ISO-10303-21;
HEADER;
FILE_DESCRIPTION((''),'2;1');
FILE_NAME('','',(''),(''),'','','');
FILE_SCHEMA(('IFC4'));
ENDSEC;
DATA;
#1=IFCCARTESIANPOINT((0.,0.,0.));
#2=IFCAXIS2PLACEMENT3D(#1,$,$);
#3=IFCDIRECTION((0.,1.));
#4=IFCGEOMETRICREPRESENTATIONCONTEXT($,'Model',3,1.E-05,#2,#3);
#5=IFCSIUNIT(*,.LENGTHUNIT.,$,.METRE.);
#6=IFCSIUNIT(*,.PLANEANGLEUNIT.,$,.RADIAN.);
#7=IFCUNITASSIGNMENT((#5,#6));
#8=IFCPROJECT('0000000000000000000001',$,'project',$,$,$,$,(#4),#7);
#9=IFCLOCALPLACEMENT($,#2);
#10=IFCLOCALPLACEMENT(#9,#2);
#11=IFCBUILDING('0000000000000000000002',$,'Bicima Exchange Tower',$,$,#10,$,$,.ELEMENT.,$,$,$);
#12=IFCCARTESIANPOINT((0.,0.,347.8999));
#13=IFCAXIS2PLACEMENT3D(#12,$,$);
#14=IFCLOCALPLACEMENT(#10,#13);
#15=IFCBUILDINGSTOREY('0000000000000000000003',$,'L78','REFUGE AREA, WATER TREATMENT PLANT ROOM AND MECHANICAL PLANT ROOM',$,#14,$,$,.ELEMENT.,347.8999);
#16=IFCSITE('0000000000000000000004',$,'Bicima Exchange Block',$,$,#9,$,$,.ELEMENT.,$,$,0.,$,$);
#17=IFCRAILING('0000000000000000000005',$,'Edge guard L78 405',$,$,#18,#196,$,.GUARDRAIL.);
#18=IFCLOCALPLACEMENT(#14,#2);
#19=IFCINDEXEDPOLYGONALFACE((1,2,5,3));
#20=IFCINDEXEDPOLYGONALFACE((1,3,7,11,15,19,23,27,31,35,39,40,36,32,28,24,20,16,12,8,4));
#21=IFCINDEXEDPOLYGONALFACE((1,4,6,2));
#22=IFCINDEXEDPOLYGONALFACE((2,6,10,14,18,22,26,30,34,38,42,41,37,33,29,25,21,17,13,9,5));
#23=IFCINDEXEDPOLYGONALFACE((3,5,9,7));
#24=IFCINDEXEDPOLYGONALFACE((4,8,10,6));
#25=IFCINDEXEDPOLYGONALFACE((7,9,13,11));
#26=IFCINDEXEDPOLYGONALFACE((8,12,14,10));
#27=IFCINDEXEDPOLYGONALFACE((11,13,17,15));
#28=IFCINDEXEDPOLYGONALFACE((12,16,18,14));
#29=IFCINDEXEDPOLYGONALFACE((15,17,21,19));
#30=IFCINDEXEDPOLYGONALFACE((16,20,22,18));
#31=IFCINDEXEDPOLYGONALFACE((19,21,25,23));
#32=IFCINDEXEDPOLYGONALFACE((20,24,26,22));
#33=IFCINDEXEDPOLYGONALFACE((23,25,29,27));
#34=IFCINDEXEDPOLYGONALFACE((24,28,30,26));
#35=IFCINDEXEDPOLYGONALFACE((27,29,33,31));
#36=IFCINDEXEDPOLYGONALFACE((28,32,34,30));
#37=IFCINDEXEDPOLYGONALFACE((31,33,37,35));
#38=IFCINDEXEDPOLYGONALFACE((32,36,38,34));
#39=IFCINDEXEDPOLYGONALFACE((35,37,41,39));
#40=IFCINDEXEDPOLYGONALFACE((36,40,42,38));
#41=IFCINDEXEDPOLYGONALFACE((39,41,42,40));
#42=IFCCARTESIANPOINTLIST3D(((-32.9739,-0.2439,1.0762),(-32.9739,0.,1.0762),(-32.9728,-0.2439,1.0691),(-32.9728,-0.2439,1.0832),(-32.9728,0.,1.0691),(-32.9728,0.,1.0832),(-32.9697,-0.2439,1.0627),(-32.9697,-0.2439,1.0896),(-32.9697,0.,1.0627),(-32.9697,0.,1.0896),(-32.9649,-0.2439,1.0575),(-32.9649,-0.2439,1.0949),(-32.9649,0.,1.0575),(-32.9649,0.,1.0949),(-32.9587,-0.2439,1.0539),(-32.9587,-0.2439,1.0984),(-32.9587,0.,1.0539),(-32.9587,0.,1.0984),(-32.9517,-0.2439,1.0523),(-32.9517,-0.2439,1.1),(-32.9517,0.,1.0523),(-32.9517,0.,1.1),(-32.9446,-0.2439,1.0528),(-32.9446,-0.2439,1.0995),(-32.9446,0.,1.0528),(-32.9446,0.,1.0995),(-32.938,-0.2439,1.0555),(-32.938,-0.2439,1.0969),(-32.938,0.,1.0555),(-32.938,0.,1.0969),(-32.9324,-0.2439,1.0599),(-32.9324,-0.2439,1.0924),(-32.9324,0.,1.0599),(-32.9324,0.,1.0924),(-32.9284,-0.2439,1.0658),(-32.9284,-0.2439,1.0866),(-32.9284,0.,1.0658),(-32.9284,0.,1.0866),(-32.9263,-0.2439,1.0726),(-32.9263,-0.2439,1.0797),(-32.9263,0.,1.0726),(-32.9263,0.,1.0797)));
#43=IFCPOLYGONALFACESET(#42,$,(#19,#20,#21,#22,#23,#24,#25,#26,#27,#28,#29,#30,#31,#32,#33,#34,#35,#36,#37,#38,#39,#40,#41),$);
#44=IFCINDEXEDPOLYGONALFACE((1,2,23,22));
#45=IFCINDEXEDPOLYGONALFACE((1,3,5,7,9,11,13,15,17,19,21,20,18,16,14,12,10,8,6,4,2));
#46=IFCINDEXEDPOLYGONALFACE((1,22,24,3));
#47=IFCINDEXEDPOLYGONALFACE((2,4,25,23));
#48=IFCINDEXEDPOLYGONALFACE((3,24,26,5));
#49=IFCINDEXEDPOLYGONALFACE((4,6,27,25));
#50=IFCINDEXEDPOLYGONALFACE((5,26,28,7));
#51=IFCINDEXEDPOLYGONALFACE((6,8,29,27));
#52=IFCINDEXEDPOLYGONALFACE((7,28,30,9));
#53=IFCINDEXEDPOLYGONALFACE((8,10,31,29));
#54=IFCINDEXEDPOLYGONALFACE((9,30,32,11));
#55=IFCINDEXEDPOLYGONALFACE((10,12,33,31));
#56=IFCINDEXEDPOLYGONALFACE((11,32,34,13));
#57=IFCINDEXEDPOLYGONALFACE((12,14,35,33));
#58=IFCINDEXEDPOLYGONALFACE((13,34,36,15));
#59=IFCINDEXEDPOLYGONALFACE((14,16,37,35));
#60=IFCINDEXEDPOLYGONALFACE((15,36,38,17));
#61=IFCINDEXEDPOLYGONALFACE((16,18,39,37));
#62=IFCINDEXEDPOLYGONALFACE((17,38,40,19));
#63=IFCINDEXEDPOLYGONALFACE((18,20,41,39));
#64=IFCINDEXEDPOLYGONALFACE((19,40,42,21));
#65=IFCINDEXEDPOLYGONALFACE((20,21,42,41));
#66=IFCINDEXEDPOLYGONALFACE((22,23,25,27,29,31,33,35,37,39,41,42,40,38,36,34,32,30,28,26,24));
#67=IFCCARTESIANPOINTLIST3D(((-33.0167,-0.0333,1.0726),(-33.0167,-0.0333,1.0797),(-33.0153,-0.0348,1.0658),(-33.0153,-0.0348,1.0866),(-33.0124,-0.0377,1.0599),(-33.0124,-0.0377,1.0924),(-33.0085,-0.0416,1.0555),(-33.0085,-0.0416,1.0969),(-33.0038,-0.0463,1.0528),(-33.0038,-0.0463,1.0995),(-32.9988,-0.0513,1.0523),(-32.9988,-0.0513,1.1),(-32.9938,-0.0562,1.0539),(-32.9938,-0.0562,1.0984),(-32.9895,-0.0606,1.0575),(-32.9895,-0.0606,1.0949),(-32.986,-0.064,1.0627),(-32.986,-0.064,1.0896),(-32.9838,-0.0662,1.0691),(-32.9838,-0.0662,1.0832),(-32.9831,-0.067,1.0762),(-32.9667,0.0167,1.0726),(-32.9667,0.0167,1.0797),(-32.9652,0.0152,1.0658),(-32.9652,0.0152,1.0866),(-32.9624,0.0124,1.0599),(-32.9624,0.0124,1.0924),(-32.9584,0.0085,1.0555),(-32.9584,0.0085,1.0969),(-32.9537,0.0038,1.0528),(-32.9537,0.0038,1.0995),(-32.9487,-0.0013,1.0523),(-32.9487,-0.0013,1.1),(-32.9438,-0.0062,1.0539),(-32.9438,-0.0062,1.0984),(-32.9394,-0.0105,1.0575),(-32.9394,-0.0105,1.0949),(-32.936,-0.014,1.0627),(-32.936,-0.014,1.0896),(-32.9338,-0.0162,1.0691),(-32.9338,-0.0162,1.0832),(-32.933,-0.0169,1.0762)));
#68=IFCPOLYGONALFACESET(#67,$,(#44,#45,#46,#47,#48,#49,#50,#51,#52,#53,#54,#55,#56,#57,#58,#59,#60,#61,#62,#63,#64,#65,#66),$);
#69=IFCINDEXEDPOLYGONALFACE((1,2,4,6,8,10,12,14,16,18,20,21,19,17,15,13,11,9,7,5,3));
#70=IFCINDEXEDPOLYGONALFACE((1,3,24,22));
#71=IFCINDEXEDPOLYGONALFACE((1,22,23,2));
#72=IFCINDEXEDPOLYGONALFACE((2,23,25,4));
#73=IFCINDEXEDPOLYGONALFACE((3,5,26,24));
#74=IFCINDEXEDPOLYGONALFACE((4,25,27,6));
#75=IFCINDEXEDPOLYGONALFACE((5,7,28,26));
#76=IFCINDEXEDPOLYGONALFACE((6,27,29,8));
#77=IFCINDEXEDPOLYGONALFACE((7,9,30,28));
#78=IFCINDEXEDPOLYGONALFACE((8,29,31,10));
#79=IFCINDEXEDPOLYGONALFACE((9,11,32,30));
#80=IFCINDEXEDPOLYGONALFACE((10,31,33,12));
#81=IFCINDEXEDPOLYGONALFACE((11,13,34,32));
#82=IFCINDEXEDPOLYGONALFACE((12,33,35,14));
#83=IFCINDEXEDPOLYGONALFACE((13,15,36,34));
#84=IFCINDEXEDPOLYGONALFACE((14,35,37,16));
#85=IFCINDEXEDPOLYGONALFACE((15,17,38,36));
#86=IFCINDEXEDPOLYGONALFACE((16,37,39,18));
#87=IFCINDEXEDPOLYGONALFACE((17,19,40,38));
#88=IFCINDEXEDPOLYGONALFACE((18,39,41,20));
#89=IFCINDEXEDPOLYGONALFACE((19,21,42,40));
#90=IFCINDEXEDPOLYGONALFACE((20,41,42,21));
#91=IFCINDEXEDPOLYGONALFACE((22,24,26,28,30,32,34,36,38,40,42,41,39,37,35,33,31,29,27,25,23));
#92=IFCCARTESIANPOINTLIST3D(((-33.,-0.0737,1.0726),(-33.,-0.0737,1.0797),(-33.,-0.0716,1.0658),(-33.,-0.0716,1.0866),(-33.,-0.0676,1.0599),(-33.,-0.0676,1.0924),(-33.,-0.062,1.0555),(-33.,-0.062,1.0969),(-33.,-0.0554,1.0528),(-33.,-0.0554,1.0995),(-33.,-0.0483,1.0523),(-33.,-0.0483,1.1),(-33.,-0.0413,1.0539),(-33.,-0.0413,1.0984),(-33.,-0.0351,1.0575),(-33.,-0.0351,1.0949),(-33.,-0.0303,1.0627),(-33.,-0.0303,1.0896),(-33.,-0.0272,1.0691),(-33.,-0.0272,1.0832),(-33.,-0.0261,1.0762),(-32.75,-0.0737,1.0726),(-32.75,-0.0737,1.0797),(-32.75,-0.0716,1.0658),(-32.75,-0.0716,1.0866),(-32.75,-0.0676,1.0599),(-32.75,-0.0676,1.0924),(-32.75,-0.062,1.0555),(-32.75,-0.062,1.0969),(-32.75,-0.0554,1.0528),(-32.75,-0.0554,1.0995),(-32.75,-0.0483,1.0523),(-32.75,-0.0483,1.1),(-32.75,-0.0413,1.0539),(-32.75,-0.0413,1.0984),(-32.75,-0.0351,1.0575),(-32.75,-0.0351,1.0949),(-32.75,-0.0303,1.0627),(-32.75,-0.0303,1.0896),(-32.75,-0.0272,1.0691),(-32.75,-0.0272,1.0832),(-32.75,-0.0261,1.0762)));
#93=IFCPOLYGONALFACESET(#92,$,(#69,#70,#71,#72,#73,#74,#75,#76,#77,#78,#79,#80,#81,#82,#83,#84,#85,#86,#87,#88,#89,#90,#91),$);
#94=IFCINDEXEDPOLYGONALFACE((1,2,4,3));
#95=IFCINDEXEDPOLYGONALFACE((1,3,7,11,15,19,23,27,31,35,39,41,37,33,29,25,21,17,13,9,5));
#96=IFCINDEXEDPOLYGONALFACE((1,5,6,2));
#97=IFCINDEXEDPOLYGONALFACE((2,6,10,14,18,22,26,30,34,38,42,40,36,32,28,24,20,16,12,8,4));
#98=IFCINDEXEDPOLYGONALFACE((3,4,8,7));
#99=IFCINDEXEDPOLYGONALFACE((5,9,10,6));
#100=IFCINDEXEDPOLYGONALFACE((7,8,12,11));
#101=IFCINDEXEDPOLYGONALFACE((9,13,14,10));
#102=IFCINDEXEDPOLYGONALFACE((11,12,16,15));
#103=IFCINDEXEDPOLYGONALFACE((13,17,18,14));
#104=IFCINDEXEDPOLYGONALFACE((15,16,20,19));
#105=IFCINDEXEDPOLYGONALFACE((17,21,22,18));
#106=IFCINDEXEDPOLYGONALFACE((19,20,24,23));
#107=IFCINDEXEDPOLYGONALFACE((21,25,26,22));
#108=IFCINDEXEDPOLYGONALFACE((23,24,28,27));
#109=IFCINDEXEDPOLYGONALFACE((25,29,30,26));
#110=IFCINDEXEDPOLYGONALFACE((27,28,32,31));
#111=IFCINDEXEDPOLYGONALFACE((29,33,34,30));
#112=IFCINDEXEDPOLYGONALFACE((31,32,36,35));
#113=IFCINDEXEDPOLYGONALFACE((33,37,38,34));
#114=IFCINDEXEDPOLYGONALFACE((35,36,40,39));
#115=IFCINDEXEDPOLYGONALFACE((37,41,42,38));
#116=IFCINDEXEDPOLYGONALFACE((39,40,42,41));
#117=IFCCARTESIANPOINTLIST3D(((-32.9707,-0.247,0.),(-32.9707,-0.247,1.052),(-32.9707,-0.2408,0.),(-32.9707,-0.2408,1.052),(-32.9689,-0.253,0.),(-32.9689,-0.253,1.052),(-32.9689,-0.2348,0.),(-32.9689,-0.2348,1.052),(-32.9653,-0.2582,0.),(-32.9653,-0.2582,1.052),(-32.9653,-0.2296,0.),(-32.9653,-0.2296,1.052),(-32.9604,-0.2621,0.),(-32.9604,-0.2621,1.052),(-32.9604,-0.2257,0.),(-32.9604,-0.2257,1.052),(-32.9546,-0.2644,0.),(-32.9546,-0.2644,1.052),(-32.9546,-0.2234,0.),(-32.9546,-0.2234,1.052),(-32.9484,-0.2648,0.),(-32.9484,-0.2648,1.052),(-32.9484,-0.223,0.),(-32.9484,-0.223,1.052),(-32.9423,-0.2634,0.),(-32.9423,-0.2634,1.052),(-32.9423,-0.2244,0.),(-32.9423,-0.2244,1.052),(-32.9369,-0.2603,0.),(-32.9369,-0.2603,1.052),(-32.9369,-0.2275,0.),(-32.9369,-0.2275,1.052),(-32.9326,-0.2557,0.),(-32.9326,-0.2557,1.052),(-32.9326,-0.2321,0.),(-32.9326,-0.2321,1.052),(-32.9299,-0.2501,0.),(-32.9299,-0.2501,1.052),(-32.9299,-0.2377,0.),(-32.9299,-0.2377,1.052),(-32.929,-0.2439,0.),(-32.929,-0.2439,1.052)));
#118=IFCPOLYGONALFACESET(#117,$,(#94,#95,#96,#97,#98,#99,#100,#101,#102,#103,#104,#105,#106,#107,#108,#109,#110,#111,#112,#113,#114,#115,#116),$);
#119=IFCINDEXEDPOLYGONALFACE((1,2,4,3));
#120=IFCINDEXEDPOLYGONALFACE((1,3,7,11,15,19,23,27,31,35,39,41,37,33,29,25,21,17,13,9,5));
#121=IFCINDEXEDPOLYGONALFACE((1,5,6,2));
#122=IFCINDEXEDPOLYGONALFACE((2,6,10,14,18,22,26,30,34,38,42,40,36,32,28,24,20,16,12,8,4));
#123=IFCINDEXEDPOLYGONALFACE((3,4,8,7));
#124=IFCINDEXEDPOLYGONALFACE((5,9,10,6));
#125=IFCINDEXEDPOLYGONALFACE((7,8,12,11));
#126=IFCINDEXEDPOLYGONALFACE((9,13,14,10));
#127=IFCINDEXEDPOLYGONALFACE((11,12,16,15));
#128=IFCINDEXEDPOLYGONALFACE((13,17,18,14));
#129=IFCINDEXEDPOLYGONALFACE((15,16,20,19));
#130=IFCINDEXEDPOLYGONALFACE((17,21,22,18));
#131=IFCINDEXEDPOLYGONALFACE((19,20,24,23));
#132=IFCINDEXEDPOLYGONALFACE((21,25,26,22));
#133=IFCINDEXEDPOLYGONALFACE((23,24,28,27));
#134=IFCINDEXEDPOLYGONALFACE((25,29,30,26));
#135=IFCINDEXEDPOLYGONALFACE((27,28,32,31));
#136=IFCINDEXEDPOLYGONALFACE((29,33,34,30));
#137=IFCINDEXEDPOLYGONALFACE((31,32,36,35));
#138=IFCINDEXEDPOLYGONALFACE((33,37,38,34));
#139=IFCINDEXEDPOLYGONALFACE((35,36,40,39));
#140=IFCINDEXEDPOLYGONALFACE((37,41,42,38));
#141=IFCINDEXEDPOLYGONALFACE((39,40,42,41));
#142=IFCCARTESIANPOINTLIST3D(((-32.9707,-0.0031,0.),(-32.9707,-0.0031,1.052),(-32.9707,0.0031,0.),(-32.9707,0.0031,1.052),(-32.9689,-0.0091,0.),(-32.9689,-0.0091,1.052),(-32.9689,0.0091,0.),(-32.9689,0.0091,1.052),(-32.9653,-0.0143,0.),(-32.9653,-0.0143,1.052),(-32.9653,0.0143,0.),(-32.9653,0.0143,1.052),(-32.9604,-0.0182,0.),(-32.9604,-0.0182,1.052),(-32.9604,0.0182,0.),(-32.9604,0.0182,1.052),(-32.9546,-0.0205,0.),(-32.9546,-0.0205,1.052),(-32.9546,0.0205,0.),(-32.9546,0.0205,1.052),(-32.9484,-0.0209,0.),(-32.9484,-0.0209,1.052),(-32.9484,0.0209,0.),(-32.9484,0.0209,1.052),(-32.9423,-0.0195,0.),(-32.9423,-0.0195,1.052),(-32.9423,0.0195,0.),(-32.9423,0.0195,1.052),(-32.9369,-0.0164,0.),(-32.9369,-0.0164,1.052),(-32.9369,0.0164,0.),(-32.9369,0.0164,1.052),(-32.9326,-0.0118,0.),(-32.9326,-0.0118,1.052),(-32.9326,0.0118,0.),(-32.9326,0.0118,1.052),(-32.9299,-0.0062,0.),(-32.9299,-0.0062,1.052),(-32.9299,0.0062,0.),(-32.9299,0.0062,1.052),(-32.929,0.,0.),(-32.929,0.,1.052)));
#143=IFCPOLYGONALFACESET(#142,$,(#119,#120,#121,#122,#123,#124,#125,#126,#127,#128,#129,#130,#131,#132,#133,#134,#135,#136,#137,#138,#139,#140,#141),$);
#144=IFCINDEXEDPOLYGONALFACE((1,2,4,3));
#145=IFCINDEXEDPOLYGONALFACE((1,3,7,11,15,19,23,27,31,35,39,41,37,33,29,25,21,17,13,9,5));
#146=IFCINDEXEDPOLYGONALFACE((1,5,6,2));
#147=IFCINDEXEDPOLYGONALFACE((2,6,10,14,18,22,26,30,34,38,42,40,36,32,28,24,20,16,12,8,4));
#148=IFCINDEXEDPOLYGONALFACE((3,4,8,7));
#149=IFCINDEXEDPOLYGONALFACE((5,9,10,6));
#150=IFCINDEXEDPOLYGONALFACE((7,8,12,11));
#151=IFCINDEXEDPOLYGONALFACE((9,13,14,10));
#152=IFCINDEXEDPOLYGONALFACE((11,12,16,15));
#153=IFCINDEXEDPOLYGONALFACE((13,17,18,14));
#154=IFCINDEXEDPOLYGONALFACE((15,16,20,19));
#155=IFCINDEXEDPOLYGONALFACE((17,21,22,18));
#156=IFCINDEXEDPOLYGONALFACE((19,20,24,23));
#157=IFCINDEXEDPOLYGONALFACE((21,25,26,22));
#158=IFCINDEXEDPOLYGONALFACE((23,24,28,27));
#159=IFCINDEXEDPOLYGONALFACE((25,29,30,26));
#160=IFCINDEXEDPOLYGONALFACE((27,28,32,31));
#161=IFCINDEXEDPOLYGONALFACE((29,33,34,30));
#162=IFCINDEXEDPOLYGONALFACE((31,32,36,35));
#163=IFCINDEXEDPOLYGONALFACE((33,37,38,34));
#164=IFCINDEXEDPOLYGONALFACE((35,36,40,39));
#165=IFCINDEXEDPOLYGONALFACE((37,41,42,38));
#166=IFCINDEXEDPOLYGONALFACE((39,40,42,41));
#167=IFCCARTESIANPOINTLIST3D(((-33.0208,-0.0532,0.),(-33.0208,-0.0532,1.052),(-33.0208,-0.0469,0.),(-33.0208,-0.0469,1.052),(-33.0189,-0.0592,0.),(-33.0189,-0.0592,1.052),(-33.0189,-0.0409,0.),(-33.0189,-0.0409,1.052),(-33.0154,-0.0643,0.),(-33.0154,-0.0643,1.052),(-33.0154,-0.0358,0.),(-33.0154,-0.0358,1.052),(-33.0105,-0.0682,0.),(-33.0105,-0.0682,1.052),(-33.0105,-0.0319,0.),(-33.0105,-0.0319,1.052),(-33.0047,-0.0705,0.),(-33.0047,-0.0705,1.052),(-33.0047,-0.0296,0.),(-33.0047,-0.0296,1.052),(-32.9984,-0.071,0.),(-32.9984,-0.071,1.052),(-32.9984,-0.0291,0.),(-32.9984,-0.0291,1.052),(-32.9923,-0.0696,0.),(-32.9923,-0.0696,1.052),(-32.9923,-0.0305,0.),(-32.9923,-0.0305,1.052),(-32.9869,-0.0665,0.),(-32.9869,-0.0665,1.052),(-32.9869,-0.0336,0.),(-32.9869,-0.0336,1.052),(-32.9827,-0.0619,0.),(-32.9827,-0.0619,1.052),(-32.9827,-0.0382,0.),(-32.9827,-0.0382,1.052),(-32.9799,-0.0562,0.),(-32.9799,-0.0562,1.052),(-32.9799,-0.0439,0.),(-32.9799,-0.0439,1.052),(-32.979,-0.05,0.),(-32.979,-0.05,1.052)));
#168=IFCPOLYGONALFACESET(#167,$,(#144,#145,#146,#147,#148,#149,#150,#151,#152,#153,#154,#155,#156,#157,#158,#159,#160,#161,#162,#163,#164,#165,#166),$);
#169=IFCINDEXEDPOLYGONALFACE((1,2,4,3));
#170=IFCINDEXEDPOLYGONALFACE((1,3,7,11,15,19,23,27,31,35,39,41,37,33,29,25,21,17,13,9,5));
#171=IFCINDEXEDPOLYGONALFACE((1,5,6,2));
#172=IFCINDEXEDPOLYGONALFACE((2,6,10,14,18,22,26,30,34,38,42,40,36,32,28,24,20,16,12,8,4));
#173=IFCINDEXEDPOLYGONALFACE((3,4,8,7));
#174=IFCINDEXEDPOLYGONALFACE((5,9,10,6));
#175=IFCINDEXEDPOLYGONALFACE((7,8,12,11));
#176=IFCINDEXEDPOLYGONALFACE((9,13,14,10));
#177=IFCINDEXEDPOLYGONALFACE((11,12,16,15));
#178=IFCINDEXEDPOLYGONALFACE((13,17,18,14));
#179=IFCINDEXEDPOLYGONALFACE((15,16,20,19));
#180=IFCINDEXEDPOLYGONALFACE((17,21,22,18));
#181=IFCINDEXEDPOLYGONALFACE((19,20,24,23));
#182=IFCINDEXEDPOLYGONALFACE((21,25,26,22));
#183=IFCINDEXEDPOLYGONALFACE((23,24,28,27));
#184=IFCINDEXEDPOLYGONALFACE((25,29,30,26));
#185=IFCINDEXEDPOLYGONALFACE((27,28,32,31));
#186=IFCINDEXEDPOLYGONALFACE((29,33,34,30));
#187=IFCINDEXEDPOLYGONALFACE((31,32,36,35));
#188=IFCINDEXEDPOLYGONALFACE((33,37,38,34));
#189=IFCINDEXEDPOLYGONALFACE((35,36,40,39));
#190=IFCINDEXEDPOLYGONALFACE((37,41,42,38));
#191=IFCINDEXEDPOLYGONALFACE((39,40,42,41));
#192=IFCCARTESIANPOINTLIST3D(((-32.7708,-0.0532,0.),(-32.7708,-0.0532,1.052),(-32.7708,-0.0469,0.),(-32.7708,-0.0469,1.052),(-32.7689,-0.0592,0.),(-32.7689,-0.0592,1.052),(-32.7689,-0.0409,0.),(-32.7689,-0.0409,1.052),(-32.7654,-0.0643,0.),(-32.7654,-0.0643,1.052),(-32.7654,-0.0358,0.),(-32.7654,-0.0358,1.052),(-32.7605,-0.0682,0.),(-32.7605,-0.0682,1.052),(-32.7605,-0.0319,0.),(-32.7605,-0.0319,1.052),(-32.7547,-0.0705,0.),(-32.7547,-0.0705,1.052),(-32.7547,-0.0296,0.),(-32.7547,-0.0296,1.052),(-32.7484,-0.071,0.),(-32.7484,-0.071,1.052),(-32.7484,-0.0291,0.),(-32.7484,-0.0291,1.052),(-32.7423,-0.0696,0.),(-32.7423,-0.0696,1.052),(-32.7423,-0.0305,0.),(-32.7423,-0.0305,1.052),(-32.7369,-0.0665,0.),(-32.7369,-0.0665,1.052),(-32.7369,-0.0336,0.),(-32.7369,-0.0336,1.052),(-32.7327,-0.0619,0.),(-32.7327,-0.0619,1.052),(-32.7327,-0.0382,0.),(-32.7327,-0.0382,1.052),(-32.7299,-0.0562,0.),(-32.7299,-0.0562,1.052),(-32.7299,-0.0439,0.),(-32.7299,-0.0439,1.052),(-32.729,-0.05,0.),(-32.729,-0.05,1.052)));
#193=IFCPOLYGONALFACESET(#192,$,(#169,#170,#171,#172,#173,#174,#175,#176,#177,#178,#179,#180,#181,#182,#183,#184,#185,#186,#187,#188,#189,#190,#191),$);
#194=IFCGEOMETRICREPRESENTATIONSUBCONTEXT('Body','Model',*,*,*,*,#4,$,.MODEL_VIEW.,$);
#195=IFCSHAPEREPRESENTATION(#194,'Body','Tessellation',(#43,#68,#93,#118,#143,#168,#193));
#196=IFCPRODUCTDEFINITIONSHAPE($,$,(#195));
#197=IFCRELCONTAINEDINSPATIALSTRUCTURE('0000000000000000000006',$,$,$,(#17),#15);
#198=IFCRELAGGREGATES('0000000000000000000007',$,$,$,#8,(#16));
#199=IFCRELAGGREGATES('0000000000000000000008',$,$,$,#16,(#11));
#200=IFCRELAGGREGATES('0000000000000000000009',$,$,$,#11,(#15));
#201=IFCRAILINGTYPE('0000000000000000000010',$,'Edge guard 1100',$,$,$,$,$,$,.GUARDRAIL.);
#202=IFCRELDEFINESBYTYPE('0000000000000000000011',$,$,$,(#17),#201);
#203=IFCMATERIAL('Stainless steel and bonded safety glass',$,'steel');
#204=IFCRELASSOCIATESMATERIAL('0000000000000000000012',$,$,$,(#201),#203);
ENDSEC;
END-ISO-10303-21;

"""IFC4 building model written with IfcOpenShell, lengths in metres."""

from ifc_helpers import new_model, si_unit, direction, frame, origin, origin_2d, place, context, subcontext, project, spatial, circle, extrude, material, type_object, element, save


model = new_model("IFC4")

# Units and contexts
model_context = context("Model", 3, precision=1e-05, world=origin(), true_north=direction((0.0, 1.0)))
body_context = subcontext(model_context, "Body", "Model", "MODEL_VIEW")
ifc_project = project(units=[si_unit("LENGTHUNIT", "METRE"), si_unit("PLANEANGLEUNIT", "RADIAN")], contexts=[model_context])

# Site, building, storey
site_placement = place(None, origin())
site = spatial("IfcSite", under=ifc_project, at=site_placement, Name="Bicima Exchange Block", CompositionType="ELEMENT", RefElevation=0.0)
building_placement = place(site_placement, origin())
building = spatial("IfcBuilding", under=site, at=building_placement, Name="Bicima Exchange Tower", CompositionType="ELEMENT")
storey_placement = place(building_placement, frame((0.0, 0.0, 347.8999)))
storey = spatial("IfcBuildingStorey", under=building, at=storey_placement, Name="L78", Description="REFUGE AREA, WATER TREATMENT PLANT ROOM AND MECHANICAL PLANT ROOM", CompositionType="ELEMENT", Elevation=347.8999)

# Railing
ifc_material_1 = material(Name="Stainless steel and bonded safety glass", Category="steel")
railing_type_1 = type_object("IfcRailingType", Name="Edge guard 1100", PredefinedType="GUARDRAIL", material=ifc_material_1)
railing_1_placement = place(storey_placement, frame((-32.95, -0.2439, 0.0)))
element("IfcRailing", 1, at=railing_1_placement, inside=storey, type_object=railing_type_1, Name="Edge guard L78 405", PredefinedType="GUARDRAIL", context=body_context, shape_type="SweptSolid", body=[
    extrude(circle(Radius=0.0239, at=origin_2d()), frame((0.0, 0.0, 1.0762), z_axis=(0.0, 1.0, 0.0), x_axis=(-1.0, 0.0, 0.0)), (0.0, 0.0, 1.0), 0.2439),
    extrude(circle(Radius=0.0239, at=origin_2d()), frame((0.0, 0.2439, 1.0762), z_axis=(-0.707107, -0.707107, 0.0), x_axis=(0.707107, -0.707107, 0.0)), (0.0, 0.0, 1.0), 0.0708),
    extrude(circle(Radius=0.0239, at=origin_2d()), frame((-0.05, 0.1938, 1.0762), z_axis=(1.0, 0.0, 0.0), x_axis=(0.0, 1.0, 0.0)), (0.0, 0.0, 1.0), 0.25),
    extrude(circle(Radius=0.021, at=origin_2d()), origin(), (0.0, 0.0, 1.0), 1.052),
    extrude(circle(Radius=0.021, at=origin_2d()), frame((0.0, 0.2439, 0.0)), (0.0, 0.0, 1.0), 1.052),
    extrude(circle(Radius=0.021, at=origin_2d()), frame((-0.05, 0.1938, 0.0)), (0.0, 0.0, 1.0), 1.052),
    extrude(circle(Radius=0.021, at=origin_2d()), frame((0.2, 0.1938, 0.0)), (0.0, 0.0, 1.0), 1.052),
])

save(model, "model.ifc")
